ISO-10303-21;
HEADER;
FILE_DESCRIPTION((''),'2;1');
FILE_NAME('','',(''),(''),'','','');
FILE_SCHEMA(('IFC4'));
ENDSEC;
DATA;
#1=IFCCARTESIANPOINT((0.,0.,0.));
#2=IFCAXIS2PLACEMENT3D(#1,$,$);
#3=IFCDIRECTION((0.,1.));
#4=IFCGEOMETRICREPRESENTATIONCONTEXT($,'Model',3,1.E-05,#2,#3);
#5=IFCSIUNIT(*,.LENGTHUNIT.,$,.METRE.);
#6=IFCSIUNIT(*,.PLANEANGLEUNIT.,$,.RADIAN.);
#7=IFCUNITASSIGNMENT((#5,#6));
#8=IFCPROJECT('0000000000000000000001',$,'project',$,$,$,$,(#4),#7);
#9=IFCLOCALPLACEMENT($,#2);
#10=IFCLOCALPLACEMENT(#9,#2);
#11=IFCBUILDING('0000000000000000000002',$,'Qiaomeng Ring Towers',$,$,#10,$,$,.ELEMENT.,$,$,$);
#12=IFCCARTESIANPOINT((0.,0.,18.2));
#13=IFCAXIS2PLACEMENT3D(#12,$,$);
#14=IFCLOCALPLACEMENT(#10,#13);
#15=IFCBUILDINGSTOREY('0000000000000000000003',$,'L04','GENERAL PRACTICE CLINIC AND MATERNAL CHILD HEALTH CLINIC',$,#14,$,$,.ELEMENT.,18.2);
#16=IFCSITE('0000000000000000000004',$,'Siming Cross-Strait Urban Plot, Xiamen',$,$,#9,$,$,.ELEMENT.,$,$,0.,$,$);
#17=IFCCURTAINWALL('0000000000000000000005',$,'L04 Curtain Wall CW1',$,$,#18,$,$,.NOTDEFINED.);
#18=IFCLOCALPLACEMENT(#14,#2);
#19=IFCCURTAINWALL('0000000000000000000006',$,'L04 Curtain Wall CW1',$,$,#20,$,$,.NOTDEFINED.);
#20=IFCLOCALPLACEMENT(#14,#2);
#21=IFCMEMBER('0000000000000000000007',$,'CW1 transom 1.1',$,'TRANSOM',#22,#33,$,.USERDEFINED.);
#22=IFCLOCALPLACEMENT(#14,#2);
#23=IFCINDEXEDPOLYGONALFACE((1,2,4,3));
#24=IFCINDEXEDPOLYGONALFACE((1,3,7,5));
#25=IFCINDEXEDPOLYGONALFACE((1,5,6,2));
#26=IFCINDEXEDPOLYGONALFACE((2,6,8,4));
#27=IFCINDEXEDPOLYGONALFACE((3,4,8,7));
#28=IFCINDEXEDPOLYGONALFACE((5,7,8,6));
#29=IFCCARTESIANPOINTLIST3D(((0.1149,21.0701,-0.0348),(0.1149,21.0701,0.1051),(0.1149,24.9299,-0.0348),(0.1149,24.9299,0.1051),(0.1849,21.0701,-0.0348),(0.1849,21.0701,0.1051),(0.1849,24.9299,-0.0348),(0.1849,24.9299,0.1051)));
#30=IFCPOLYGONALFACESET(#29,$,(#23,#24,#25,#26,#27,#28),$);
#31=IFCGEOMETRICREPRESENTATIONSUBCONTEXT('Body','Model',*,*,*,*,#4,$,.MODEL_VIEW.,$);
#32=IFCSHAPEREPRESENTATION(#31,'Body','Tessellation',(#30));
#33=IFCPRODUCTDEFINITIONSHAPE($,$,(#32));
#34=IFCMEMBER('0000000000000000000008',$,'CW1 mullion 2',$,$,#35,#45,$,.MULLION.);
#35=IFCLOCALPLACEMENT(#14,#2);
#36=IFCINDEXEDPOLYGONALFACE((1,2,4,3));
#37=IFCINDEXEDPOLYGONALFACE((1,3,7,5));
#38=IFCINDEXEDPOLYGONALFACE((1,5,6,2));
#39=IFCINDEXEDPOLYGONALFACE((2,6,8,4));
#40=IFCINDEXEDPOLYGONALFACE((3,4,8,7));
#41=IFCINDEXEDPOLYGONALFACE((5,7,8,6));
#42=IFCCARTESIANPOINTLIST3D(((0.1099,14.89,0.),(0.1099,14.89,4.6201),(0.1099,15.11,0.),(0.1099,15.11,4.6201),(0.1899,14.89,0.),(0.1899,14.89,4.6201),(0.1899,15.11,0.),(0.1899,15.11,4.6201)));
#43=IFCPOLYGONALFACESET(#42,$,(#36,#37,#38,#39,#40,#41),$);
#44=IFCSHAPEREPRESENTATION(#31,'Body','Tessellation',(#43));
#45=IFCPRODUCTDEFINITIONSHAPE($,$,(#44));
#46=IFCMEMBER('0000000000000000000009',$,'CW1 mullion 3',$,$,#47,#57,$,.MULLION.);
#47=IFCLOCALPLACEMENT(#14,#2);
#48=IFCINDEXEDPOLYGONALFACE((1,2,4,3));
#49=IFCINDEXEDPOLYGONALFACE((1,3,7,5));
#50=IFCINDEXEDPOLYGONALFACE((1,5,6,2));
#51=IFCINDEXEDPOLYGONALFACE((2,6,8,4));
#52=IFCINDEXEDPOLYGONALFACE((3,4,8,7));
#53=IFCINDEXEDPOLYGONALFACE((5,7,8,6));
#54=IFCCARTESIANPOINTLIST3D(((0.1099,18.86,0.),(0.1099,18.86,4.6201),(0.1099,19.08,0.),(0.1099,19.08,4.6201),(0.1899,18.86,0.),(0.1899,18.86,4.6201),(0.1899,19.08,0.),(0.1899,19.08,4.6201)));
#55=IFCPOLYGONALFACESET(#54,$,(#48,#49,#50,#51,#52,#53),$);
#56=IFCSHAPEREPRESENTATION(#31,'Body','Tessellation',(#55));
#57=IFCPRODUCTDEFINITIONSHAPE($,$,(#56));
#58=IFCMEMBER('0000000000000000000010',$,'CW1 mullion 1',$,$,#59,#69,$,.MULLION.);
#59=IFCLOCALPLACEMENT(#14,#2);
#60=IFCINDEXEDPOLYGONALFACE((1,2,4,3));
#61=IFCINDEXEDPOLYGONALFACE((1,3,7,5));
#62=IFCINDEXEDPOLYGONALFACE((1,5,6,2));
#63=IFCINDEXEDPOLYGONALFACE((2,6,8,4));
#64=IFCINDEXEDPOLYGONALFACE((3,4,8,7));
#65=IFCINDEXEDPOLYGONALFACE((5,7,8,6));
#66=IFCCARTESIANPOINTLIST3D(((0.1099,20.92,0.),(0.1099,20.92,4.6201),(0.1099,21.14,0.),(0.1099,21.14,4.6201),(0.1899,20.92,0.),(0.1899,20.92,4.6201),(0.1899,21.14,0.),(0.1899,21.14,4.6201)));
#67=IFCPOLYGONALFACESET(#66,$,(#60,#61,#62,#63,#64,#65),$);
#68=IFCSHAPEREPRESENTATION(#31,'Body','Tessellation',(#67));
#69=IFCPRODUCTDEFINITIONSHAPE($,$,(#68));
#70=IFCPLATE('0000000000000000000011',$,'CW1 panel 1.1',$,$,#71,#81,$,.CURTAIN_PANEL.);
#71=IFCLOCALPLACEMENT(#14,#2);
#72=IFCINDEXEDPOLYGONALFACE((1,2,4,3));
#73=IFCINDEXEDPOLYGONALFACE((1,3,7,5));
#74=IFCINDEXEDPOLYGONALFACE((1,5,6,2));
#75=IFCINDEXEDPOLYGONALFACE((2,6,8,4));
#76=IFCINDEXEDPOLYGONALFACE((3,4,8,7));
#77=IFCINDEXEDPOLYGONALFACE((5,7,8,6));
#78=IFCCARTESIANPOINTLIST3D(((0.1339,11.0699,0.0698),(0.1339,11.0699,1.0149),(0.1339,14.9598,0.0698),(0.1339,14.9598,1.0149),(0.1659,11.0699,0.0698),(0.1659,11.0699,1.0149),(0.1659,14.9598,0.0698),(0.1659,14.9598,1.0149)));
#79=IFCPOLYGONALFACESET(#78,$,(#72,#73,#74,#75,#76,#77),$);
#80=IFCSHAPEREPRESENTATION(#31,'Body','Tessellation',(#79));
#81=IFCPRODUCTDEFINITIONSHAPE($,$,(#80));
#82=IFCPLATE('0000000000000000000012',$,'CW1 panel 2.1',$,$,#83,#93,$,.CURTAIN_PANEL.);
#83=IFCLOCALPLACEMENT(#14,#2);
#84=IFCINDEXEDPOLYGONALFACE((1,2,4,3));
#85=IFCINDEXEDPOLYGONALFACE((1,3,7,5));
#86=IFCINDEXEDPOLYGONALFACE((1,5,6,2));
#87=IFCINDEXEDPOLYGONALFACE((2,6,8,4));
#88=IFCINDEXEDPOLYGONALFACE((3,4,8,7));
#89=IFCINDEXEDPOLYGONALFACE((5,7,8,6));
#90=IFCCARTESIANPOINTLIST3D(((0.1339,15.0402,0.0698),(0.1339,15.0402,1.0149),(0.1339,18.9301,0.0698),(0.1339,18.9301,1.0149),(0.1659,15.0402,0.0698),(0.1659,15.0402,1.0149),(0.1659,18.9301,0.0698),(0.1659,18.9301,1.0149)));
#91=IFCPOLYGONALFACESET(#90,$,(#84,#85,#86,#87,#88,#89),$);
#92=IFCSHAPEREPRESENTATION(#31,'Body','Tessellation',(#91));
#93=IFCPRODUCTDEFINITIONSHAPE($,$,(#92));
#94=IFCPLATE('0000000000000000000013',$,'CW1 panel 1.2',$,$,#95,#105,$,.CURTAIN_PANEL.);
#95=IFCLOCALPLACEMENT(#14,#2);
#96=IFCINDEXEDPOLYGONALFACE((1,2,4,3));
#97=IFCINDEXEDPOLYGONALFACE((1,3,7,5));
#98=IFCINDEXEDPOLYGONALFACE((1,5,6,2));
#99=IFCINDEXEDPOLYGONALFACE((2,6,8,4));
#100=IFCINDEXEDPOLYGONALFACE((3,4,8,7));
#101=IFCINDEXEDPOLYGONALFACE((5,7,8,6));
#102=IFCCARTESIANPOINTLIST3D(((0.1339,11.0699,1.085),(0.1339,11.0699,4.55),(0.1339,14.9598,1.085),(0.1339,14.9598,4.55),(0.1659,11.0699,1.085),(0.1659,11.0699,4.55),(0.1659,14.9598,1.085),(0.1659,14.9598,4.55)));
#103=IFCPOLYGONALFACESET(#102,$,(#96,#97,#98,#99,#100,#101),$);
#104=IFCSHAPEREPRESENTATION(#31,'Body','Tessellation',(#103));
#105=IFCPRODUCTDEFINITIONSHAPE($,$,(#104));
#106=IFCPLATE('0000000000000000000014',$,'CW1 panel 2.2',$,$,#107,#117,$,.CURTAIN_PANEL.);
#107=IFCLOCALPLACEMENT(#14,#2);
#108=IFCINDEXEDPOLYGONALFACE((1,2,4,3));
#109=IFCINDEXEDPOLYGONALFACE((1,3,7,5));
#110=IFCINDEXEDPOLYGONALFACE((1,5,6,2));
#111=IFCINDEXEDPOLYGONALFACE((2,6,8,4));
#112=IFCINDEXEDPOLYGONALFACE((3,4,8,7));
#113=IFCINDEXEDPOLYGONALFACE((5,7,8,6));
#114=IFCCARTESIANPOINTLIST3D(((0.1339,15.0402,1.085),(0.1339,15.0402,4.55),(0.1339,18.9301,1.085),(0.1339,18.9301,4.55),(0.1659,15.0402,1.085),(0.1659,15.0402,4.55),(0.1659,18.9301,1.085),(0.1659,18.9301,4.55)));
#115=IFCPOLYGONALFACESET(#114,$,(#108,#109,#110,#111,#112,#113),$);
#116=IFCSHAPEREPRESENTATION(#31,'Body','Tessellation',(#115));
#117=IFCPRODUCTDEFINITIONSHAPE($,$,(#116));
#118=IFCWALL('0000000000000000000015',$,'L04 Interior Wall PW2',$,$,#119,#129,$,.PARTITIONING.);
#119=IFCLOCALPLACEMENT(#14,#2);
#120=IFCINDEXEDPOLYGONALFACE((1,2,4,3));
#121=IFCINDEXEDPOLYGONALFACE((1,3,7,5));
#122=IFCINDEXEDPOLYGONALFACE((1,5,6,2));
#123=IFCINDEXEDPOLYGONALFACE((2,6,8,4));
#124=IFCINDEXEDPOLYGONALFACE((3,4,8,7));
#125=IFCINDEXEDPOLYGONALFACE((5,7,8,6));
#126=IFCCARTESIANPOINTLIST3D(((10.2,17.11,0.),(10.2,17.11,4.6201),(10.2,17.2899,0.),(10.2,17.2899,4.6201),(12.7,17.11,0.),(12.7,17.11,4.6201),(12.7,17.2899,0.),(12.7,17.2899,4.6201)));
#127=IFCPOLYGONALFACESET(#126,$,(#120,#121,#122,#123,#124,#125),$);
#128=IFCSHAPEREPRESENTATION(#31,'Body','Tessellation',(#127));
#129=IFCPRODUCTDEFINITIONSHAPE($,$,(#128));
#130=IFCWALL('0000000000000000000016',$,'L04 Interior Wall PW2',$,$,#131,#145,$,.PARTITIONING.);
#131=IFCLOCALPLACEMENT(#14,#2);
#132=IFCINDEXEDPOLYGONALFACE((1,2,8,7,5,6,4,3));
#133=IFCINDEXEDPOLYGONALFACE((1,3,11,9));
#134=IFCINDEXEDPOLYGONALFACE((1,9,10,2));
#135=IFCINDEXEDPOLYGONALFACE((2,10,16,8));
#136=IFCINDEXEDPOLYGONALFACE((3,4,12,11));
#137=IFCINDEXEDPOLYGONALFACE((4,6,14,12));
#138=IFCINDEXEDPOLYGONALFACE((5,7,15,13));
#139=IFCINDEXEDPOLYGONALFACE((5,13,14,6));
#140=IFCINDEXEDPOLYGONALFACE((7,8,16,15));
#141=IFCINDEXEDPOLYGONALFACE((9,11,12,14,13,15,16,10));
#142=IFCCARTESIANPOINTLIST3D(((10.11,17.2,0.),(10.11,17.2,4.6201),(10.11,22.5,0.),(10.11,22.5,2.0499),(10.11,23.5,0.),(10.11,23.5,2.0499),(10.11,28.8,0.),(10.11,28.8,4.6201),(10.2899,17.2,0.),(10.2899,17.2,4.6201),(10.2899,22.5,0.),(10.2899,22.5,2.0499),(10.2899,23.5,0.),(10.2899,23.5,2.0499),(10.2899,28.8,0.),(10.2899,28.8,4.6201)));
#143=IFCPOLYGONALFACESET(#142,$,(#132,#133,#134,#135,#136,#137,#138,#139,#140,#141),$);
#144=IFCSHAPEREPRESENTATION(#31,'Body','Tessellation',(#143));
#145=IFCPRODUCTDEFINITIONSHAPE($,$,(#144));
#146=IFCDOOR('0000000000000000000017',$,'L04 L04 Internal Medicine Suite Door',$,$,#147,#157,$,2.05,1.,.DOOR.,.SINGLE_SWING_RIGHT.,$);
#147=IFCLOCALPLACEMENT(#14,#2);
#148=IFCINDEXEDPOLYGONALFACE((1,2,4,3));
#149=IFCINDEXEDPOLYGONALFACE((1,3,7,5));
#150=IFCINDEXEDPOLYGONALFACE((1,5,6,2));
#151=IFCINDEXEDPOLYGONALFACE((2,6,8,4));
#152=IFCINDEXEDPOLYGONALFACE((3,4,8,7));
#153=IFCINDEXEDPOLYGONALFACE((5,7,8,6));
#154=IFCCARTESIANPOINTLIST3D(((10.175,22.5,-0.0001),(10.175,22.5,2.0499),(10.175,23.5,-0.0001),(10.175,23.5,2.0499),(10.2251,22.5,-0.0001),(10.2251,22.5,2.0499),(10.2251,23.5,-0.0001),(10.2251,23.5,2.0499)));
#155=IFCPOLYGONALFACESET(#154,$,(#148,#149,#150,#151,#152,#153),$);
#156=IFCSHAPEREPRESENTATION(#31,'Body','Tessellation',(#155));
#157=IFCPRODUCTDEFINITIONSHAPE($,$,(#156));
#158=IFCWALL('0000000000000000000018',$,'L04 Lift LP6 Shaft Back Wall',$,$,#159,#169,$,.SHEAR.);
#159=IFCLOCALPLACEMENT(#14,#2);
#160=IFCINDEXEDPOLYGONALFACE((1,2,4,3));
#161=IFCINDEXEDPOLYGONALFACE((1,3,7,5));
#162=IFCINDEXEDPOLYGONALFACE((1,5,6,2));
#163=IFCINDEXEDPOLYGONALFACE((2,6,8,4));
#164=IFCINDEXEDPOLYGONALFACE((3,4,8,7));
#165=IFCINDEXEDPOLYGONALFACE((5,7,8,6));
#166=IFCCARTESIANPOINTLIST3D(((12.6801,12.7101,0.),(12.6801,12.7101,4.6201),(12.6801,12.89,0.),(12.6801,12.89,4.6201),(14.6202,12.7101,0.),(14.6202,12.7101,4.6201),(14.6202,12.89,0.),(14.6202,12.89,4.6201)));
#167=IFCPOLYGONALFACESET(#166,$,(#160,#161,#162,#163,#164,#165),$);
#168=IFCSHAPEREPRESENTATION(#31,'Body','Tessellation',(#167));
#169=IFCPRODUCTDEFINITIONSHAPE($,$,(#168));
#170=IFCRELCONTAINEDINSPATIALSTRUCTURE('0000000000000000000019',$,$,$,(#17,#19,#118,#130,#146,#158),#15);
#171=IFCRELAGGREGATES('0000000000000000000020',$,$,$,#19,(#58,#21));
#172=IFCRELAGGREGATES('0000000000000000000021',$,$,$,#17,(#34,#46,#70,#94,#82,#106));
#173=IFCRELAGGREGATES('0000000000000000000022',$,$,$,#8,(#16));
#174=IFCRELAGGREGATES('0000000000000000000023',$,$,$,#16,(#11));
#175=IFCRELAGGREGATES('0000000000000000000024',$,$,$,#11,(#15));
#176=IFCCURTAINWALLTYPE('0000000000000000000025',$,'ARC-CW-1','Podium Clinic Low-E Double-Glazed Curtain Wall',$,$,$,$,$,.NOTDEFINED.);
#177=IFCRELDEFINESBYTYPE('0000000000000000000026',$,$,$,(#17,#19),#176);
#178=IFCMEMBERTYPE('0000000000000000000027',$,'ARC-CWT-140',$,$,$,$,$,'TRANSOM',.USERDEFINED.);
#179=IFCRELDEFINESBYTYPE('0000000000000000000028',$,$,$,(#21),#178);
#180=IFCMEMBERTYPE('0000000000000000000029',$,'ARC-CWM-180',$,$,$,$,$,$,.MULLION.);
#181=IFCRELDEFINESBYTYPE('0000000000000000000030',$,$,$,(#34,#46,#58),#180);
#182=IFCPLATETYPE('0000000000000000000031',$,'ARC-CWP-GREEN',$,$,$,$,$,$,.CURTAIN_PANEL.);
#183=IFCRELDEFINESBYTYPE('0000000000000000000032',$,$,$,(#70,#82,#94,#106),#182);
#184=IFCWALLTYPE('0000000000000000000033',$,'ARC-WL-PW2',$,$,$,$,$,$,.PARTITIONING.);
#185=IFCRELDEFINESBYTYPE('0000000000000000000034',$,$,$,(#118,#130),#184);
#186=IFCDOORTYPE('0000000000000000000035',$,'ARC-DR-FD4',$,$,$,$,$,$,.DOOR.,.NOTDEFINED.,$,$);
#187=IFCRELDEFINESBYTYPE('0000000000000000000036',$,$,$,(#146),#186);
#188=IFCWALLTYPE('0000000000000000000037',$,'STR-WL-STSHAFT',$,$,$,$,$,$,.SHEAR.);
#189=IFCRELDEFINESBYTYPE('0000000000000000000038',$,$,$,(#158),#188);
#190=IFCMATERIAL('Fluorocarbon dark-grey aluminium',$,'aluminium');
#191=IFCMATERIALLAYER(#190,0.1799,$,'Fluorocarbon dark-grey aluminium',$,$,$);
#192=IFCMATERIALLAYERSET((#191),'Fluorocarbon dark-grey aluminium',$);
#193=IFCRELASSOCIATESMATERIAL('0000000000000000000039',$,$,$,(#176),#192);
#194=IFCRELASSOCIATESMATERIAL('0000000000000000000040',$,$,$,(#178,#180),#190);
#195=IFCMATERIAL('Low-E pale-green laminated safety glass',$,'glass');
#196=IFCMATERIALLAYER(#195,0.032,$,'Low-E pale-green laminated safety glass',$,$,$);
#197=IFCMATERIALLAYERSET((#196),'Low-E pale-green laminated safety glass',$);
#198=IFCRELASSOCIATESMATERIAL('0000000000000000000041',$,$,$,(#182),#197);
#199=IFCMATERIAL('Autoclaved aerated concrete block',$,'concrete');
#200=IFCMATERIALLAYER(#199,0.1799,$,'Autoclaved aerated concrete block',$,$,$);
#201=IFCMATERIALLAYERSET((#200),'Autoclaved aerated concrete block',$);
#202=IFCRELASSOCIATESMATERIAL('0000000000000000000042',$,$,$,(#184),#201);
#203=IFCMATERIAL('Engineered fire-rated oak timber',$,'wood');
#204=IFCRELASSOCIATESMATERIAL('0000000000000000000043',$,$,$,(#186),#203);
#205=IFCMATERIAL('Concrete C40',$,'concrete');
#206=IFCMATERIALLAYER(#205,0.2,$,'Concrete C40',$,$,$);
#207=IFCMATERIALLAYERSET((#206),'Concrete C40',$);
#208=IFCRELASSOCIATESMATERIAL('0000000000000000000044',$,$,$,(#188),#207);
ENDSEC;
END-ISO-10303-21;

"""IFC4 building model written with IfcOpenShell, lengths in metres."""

from ifc_helpers import new_model, si_unit, direction, frame, frame_2d, origin, origin_2d, place, context, subcontext, project, spatial, rectangle, extrude, source, transform, mapped, material, layer, layer_set, material_profile, profile_set, type_object, element, fill, aggregate, save


model = new_model("IFC4")

# Units and contexts
model_context = context("Model", 3, precision=1e-05, world=origin(), true_north=direction((0.0, 1.0)))
body_context = subcontext(model_context, "Body", "Model", "MODEL_VIEW")
ifc_project = project(units=[si_unit("LENGTHUNIT", "METRE"), si_unit("PLANEANGLEUNIT", "RADIAN")], contexts=[model_context])

# Site, building, storey
site_placement = place(None, origin())
site = spatial("IfcSite", under=ifc_project, at=site_placement, Name="Siming Cross-Strait Urban Plot, Xiamen", CompositionType="ELEMENT", RefElevation=0.0)
building_placement = place(site_placement, origin())
building = spatial("IfcBuilding", under=site, at=building_placement, Name="Qiaomeng Ring Towers", CompositionType="ELEMENT")
storey_placement = place(building_placement, frame((0.0, 0.0, 18.2)))
storey = spatial("IfcBuildingStorey", under=building, at=storey_placement, Name="L04", Description="GENERAL PRACTICE CLINIC AND MATERNAL CHILD HEALTH CLINIC", CompositionType="ELEMENT", Elevation=18.2)

# Curtain wall
ifc_material_1 = material(Name="Fluorocarbon dark-grey aluminium", Category="aluminium")
ifc_layer_1 = layer(ifc_material_1, 0.1799, Name="Fluorocarbon dark-grey aluminium")
ifc_layer_set_1 = layer_set([ifc_layer_1], Name="Fluorocarbon dark-grey aluminium")
curtain_wall_type = type_object("IfcCurtainWallType", Name="ARC-CW-1", Description="Podium Clinic Low-E Double-Glazed Curtain Wall", PredefinedType="NOTDEFINED", material=ifc_layer_set_1)
curtain_wall_1_placement = place(storey_placement, origin())
curtain_wall_1 = element("IfcCurtainWall", 1, at=curtain_wall_1_placement, inside=storey, type_object=curtain_wall_type, Name="L04 Curtain Wall CW1", PredefinedType="NOTDEFINED")
ifc_material_profile_1 = material_profile(ifc_material_1, rectangle(XDim=0.0701, YDim=0.1399, at=origin_2d()), Name="ALU TRAN 70x140")
ifc_profile_set_1 = profile_set([ifc_material_profile_1], Name="Fluorocarbon dark-grey aluminium")
member_type_1 = type_object("IfcMemberType", Name="ARC-CWT-140", ElementType="TRANSOM", PredefinedType="USERDEFINED", material=ifc_profile_set_1)

# Curtain wall, member
curtain_wall_2_placement = place(storey_placement, origin())
curtain_wall_2 = element("IfcCurtainWall", 2, at=curtain_wall_2_placement, inside=storey, type_object=curtain_wall_type, Name="L04 Curtain Wall CW1", PredefinedType="NOTDEFINED")
shared_shape_1 = source(origin(), body_context, "Body", "SweptSolid", [
    extrude(rectangle(XDim=0.0701, YDim=0.1399, at=origin_2d()), origin(), (0.0, 0.0, 1.0), 3.8599),
])
member_1_placement = place(storey_placement, frame((0.1499, 21.0701, 0.0352), z_axis=(0.0, 1.0, 0.0), x_axis=(-1.0, 0.0, 0.0)))
member_1 = element("IfcMember", 3, at=member_1_placement, type_object=member_type_1, Name="CW1 transom 1.1", ObjectType="TRANSOM", PredefinedType="USERDEFINED", context=body_context, shape_type="MappedRepresentation", body=[
    mapped(shared_shape_1, transform((0.0, 0.0, 0.0), x_axis=(1.0, 0.0, 0.0), y_axis=(0.0, 1.0, 0.0), z_axis=(0.0, 0.0, 1.0), scale=1.0)),
])

# Members
ifc_material_profile_2 = material_profile(ifc_material_1, rectangle(XDim=0.0801, YDim=0.22, at=origin_2d()), Name="ALU MULL 80x220")
ifc_profile_set_2 = profile_set([ifc_material_profile_2], Name="Fluorocarbon dark-grey aluminium")
member_type_2 = type_object("IfcMemberType", Name="ARC-CWM-180", PredefinedType="MULLION", material=ifc_profile_set_2)
shared_shape_2 = source(origin(), body_context, "Body", "SweptSolid", [
    extrude(rectangle(XDim=0.0801, YDim=0.22, at=origin_2d()), origin(), (0.0, 0.0, 1.0), 4.6201),
])
member_2_placement = place(storey_placement, frame((0.1499, 15.0, 0.0), z_axis=(0.0, 0.0, 1.0), x_axis=(-1.0, 0.0, 0.0)))
member_2 = element("IfcMember", 4, at=member_2_placement, type_object=member_type_2, Name="CW1 mullion 2", PredefinedType="MULLION", context=body_context, shape_type="MappedRepresentation", body=[
    mapped(shared_shape_2, transform((0.0, 0.0, 0.0), x_axis=(1.0, 0.0, 0.0), y_axis=(0.0, 1.0, 0.0), z_axis=(0.0, 0.0, 1.0), scale=1.0)),
])
member_3_placement = place(storey_placement, frame((0.1499, 18.97, 0.0), z_axis=(0.0, 0.0, 1.0), x_axis=(-1.0, 0.0, 0.0)))
member_3 = element("IfcMember", 5, at=member_3_placement, type_object=member_type_2, Name="CW1 mullion 3", PredefinedType="MULLION", context=body_context, shape_type="MappedRepresentation", body=[
    mapped(shared_shape_2, transform((0.0, 0.0, 0.0), x_axis=(1.0, 0.0, 0.0), y_axis=(0.0, 1.0, 0.0), z_axis=(0.0, 0.0, 1.0), scale=1.0)),
])
member_4_placement = place(storey_placement, frame((0.1499, 21.03, 0.0), z_axis=(0.0, 0.0, 1.0), x_axis=(-1.0, 0.0, 0.0)))
member_4 = element("IfcMember", 6, at=member_4_placement, type_object=member_type_2, Name="CW1 mullion 1", PredefinedType="MULLION", context=body_context, shape_type="MappedRepresentation", body=[
    mapped(shared_shape_2, transform((0.0, 0.0, 0.0), x_axis=(1.0, 0.0, 0.0), y_axis=(0.0, 1.0, 0.0), z_axis=(0.0, 0.0, 1.0), scale=1.0)),
])
aggregate(curtain_wall_2, [member_4, member_1])

# Plates
ifc_material_2 = material(Name="Low-E pale-green laminated safety glass", Category="glass")
ifc_layer_2 = layer(ifc_material_2, 0.032, Name="Low-E pale-green laminated safety glass")
ifc_layer_set_2 = layer_set([ifc_layer_2], Name="Low-E pale-green laminated safety glass")
plate_type = type_object("IfcPlateType", Name="ARC-CWP-GREEN", PredefinedType="CURTAIN_PANEL", material=ifc_layer_set_2)
shared_shape_3 = source(origin(), body_context, "Body", "SweptSolid", [
    extrude(rectangle(XDim=3.8899, YDim=0.032, at=origin_2d()), origin(), (0.0, 0.0, 1.0), 0.9451),
])
plate_1_placement = place(storey_placement, frame((0.1499, 13.0149, 0.0698), z_axis=(0.0, 0.0, 1.0), x_axis=(0.0, 1.0, 0.0)))
plate_1 = element("IfcPlate", 7, at=plate_1_placement, type_object=plate_type, Name="CW1 panel 1.1", PredefinedType="CURTAIN_PANEL", context=body_context, shape_type="MappedRepresentation", body=[
    mapped(shared_shape_3, transform((0.0, 0.0, 0.0), x_axis=(1.0, 0.0, 0.0), y_axis=(0.0, 1.0, 0.0), z_axis=(0.0, 0.0, 1.0), scale=1.0)),
])
plate_2_placement = place(storey_placement, frame((0.1499, 16.9851, 0.0698), z_axis=(0.0, 0.0, 1.0), x_axis=(0.0, 1.0, 0.0)))
plate_2 = element("IfcPlate", 8, at=plate_2_placement, type_object=plate_type, Name="CW1 panel 2.1", PredefinedType="CURTAIN_PANEL", context=body_context, shape_type="MappedRepresentation", body=[
    mapped(shared_shape_3, transform((0.0, 0.0, 0.0), x_axis=(1.0, 0.0, 0.0), y_axis=(0.0, 1.0, 0.0), z_axis=(0.0, 0.0, 1.0), scale=1.0)),
])
shared_shape_4 = source(origin(), body_context, "Body", "SweptSolid", [
    extrude(rectangle(XDim=3.8899, YDim=0.032, at=origin_2d()), origin(), (0.0, 0.0, 1.0), 3.4651),
])
plate_3_placement = place(storey_placement, frame((0.1499, 13.0149, 1.085), z_axis=(0.0, 0.0, 1.0), x_axis=(0.0, 1.0, 0.0)))
plate_3 = element("IfcPlate", 9, at=plate_3_placement, type_object=plate_type, Name="CW1 panel 1.2", PredefinedType="CURTAIN_PANEL", context=body_context, shape_type="MappedRepresentation", body=[
    mapped(shared_shape_4, transform((0.0, 0.0, 0.0), x_axis=(1.0, 0.0, 0.0), y_axis=(0.0, 1.0, 0.0), z_axis=(0.0, 0.0, 1.0), scale=1.0)),
])
plate_4_placement = place(storey_placement, frame((0.1499, 16.9851, 1.085), z_axis=(0.0, 0.0, 1.0), x_axis=(0.0, 1.0, 0.0)))
plate_4 = element("IfcPlate", 10, at=plate_4_placement, type_object=plate_type, Name="CW1 panel 2.2", PredefinedType="CURTAIN_PANEL", context=body_context, shape_type="MappedRepresentation", body=[
    mapped(shared_shape_4, transform((0.0, 0.0, 0.0), x_axis=(1.0, 0.0, 0.0), y_axis=(0.0, 1.0, 0.0), z_axis=(0.0, 0.0, 1.0), scale=1.0)),
])
aggregate(curtain_wall_1, [member_2, member_3, plate_1, plate_3, plate_2, plate_4])

# Wall
ifc_material_3 = material(Name="Autoclaved aerated concrete block", Category="concrete")
ifc_layer_3 = layer(ifc_material_3, 0.1799, Name="Autoclaved aerated concrete block")
ifc_layer_set_3 = layer_set([ifc_layer_3], Name="Autoclaved aerated concrete block")
wall_type_1 = type_object("IfcWallType", Name="ARC-WL-PW2", PredefinedType="PARTITIONING", material=ifc_layer_set_3)
wall_1_placement = place(storey_placement, frame((10.2, 17.2, 0.0), z_axis=(0.0, 0.0, 1.0), x_axis=(1.0, 0.0, 0.0)))
element("IfcWall", 11, at=wall_1_placement, inside=storey, type_object=wall_type_1, Name="L04 Interior Wall PW2", PredefinedType="PARTITIONING", context=body_context, shape_type="SweptSolid", body=[
    extrude(rectangle(XDim=2.5, YDim=0.1799, at=frame_2d((1.25, 0.0))), origin(), (0.0, 0.0, 1.0), 4.6201),
])

# Wall, opening, door
wall_2_placement = place(storey_placement, frame((10.2, 17.2, 0.0), z_axis=(0.0, 0.0, 1.0), x_axis=(0.0, 1.0, 0.0)))
wall_2 = element("IfcWall", 12, at=wall_2_placement, inside=storey, type_object=wall_type_1, Name="L04 Interior Wall PW2", PredefinedType="PARTITIONING", context=body_context, shape_type="SweptSolid", body=[
    extrude(rectangle(XDim=11.6001, YDim=0.1799, at=frame_2d((5.8, 0.0))), origin(), (0.0, 0.0, 1.0), 4.6201),
])
opening_1_placement = place(wall_2_placement, frame((5.3, 0.0, 0.0)))
opening_1 = element("IfcOpeningElement", 13, at=opening_1_placement, cuts=wall_2, PredefinedType="OPENING", context=body_context, shape_type="SweptSolid", body=[
    extrude(rectangle(XDim=1.0, YDim=2.05, at=frame_2d((0.5, 1.0249))), frame((0.0, 0.0999, 0.0), z_axis=(0.0, -1.0, 0.0), x_axis=(1.0, 0.0, 0.0)), (0.0, 0.0, 1.0), 0.2),
])
ifc_material_4 = material(Name="Engineered fire-rated oak timber", Category="wood")
door_type_1 = type_object("IfcDoorType", Name="ARC-DR-FD4", OperationType="NOTDEFINED", PredefinedType="DOOR", material=ifc_material_4)
shared_shape_5 = source(origin(), body_context, "Body", "SweptSolid", [
    extrude(rectangle(XDim=1.0, YDim=2.05, at=frame_2d((0.5, 1.0249))), frame((0.0, 0.0249, 0.0), z_axis=(0.0, -1.0, 0.0), x_axis=(1.0, 0.0, 0.0)), (0.0, 0.0, 1.0), 0.05),
])
door_1_placement = place(opening_1_placement, origin())
door_1 = element("IfcDoor", 14, at=door_1_placement, inside=storey, type_object=door_type_1, Name="L04 L04 Internal Medicine Suite Door", OperationType="SINGLE_SWING_RIGHT", OverallHeight=2.05, OverallWidth=1.0, PredefinedType="DOOR", context=body_context, shape_type="MappedRepresentation", body=[
    mapped(shared_shape_5, transform((0.0, 0.0, 0.0), x_axis=(1.0, 0.0, 0.0), y_axis=(0.0, 1.0, 0.0), z_axis=(0.0, 0.0, 1.0), scale=1.0)),
])
fill(opening_1, door_1)

# Wall
ifc_material_5 = material(Name="Concrete C40", Category="concrete")
ifc_layer_4 = layer(ifc_material_5, 0.2, Name="Concrete C40")
ifc_layer_set_4 = layer_set([ifc_layer_4], Name="Concrete C40")
wall_type_2 = type_object("IfcWallType", Name="STR-WL-STSHAFT", PredefinedType="SHEAR", material=ifc_layer_set_4)
wall_3_placement = place(storey_placement, frame((12.6799, 12.8, 0.0), z_axis=(0.0, 0.0, 1.0), x_axis=(1.0, 0.0, 0.0)))
element("IfcWall", 15, at=wall_3_placement, inside=storey, type_object=wall_type_2, Name="L04 Lift LP6 Shaft Back Wall", PredefinedType="SHEAR", context=body_context, shape_type="SweptSolid", body=[
    extrude(rectangle(XDim=1.9402, YDim=0.1799, at=frame_2d((0.9702, 0.0))), origin(), (0.0, 0.0, 1.0), 4.6201),
])

save(model, "model.ifc")
